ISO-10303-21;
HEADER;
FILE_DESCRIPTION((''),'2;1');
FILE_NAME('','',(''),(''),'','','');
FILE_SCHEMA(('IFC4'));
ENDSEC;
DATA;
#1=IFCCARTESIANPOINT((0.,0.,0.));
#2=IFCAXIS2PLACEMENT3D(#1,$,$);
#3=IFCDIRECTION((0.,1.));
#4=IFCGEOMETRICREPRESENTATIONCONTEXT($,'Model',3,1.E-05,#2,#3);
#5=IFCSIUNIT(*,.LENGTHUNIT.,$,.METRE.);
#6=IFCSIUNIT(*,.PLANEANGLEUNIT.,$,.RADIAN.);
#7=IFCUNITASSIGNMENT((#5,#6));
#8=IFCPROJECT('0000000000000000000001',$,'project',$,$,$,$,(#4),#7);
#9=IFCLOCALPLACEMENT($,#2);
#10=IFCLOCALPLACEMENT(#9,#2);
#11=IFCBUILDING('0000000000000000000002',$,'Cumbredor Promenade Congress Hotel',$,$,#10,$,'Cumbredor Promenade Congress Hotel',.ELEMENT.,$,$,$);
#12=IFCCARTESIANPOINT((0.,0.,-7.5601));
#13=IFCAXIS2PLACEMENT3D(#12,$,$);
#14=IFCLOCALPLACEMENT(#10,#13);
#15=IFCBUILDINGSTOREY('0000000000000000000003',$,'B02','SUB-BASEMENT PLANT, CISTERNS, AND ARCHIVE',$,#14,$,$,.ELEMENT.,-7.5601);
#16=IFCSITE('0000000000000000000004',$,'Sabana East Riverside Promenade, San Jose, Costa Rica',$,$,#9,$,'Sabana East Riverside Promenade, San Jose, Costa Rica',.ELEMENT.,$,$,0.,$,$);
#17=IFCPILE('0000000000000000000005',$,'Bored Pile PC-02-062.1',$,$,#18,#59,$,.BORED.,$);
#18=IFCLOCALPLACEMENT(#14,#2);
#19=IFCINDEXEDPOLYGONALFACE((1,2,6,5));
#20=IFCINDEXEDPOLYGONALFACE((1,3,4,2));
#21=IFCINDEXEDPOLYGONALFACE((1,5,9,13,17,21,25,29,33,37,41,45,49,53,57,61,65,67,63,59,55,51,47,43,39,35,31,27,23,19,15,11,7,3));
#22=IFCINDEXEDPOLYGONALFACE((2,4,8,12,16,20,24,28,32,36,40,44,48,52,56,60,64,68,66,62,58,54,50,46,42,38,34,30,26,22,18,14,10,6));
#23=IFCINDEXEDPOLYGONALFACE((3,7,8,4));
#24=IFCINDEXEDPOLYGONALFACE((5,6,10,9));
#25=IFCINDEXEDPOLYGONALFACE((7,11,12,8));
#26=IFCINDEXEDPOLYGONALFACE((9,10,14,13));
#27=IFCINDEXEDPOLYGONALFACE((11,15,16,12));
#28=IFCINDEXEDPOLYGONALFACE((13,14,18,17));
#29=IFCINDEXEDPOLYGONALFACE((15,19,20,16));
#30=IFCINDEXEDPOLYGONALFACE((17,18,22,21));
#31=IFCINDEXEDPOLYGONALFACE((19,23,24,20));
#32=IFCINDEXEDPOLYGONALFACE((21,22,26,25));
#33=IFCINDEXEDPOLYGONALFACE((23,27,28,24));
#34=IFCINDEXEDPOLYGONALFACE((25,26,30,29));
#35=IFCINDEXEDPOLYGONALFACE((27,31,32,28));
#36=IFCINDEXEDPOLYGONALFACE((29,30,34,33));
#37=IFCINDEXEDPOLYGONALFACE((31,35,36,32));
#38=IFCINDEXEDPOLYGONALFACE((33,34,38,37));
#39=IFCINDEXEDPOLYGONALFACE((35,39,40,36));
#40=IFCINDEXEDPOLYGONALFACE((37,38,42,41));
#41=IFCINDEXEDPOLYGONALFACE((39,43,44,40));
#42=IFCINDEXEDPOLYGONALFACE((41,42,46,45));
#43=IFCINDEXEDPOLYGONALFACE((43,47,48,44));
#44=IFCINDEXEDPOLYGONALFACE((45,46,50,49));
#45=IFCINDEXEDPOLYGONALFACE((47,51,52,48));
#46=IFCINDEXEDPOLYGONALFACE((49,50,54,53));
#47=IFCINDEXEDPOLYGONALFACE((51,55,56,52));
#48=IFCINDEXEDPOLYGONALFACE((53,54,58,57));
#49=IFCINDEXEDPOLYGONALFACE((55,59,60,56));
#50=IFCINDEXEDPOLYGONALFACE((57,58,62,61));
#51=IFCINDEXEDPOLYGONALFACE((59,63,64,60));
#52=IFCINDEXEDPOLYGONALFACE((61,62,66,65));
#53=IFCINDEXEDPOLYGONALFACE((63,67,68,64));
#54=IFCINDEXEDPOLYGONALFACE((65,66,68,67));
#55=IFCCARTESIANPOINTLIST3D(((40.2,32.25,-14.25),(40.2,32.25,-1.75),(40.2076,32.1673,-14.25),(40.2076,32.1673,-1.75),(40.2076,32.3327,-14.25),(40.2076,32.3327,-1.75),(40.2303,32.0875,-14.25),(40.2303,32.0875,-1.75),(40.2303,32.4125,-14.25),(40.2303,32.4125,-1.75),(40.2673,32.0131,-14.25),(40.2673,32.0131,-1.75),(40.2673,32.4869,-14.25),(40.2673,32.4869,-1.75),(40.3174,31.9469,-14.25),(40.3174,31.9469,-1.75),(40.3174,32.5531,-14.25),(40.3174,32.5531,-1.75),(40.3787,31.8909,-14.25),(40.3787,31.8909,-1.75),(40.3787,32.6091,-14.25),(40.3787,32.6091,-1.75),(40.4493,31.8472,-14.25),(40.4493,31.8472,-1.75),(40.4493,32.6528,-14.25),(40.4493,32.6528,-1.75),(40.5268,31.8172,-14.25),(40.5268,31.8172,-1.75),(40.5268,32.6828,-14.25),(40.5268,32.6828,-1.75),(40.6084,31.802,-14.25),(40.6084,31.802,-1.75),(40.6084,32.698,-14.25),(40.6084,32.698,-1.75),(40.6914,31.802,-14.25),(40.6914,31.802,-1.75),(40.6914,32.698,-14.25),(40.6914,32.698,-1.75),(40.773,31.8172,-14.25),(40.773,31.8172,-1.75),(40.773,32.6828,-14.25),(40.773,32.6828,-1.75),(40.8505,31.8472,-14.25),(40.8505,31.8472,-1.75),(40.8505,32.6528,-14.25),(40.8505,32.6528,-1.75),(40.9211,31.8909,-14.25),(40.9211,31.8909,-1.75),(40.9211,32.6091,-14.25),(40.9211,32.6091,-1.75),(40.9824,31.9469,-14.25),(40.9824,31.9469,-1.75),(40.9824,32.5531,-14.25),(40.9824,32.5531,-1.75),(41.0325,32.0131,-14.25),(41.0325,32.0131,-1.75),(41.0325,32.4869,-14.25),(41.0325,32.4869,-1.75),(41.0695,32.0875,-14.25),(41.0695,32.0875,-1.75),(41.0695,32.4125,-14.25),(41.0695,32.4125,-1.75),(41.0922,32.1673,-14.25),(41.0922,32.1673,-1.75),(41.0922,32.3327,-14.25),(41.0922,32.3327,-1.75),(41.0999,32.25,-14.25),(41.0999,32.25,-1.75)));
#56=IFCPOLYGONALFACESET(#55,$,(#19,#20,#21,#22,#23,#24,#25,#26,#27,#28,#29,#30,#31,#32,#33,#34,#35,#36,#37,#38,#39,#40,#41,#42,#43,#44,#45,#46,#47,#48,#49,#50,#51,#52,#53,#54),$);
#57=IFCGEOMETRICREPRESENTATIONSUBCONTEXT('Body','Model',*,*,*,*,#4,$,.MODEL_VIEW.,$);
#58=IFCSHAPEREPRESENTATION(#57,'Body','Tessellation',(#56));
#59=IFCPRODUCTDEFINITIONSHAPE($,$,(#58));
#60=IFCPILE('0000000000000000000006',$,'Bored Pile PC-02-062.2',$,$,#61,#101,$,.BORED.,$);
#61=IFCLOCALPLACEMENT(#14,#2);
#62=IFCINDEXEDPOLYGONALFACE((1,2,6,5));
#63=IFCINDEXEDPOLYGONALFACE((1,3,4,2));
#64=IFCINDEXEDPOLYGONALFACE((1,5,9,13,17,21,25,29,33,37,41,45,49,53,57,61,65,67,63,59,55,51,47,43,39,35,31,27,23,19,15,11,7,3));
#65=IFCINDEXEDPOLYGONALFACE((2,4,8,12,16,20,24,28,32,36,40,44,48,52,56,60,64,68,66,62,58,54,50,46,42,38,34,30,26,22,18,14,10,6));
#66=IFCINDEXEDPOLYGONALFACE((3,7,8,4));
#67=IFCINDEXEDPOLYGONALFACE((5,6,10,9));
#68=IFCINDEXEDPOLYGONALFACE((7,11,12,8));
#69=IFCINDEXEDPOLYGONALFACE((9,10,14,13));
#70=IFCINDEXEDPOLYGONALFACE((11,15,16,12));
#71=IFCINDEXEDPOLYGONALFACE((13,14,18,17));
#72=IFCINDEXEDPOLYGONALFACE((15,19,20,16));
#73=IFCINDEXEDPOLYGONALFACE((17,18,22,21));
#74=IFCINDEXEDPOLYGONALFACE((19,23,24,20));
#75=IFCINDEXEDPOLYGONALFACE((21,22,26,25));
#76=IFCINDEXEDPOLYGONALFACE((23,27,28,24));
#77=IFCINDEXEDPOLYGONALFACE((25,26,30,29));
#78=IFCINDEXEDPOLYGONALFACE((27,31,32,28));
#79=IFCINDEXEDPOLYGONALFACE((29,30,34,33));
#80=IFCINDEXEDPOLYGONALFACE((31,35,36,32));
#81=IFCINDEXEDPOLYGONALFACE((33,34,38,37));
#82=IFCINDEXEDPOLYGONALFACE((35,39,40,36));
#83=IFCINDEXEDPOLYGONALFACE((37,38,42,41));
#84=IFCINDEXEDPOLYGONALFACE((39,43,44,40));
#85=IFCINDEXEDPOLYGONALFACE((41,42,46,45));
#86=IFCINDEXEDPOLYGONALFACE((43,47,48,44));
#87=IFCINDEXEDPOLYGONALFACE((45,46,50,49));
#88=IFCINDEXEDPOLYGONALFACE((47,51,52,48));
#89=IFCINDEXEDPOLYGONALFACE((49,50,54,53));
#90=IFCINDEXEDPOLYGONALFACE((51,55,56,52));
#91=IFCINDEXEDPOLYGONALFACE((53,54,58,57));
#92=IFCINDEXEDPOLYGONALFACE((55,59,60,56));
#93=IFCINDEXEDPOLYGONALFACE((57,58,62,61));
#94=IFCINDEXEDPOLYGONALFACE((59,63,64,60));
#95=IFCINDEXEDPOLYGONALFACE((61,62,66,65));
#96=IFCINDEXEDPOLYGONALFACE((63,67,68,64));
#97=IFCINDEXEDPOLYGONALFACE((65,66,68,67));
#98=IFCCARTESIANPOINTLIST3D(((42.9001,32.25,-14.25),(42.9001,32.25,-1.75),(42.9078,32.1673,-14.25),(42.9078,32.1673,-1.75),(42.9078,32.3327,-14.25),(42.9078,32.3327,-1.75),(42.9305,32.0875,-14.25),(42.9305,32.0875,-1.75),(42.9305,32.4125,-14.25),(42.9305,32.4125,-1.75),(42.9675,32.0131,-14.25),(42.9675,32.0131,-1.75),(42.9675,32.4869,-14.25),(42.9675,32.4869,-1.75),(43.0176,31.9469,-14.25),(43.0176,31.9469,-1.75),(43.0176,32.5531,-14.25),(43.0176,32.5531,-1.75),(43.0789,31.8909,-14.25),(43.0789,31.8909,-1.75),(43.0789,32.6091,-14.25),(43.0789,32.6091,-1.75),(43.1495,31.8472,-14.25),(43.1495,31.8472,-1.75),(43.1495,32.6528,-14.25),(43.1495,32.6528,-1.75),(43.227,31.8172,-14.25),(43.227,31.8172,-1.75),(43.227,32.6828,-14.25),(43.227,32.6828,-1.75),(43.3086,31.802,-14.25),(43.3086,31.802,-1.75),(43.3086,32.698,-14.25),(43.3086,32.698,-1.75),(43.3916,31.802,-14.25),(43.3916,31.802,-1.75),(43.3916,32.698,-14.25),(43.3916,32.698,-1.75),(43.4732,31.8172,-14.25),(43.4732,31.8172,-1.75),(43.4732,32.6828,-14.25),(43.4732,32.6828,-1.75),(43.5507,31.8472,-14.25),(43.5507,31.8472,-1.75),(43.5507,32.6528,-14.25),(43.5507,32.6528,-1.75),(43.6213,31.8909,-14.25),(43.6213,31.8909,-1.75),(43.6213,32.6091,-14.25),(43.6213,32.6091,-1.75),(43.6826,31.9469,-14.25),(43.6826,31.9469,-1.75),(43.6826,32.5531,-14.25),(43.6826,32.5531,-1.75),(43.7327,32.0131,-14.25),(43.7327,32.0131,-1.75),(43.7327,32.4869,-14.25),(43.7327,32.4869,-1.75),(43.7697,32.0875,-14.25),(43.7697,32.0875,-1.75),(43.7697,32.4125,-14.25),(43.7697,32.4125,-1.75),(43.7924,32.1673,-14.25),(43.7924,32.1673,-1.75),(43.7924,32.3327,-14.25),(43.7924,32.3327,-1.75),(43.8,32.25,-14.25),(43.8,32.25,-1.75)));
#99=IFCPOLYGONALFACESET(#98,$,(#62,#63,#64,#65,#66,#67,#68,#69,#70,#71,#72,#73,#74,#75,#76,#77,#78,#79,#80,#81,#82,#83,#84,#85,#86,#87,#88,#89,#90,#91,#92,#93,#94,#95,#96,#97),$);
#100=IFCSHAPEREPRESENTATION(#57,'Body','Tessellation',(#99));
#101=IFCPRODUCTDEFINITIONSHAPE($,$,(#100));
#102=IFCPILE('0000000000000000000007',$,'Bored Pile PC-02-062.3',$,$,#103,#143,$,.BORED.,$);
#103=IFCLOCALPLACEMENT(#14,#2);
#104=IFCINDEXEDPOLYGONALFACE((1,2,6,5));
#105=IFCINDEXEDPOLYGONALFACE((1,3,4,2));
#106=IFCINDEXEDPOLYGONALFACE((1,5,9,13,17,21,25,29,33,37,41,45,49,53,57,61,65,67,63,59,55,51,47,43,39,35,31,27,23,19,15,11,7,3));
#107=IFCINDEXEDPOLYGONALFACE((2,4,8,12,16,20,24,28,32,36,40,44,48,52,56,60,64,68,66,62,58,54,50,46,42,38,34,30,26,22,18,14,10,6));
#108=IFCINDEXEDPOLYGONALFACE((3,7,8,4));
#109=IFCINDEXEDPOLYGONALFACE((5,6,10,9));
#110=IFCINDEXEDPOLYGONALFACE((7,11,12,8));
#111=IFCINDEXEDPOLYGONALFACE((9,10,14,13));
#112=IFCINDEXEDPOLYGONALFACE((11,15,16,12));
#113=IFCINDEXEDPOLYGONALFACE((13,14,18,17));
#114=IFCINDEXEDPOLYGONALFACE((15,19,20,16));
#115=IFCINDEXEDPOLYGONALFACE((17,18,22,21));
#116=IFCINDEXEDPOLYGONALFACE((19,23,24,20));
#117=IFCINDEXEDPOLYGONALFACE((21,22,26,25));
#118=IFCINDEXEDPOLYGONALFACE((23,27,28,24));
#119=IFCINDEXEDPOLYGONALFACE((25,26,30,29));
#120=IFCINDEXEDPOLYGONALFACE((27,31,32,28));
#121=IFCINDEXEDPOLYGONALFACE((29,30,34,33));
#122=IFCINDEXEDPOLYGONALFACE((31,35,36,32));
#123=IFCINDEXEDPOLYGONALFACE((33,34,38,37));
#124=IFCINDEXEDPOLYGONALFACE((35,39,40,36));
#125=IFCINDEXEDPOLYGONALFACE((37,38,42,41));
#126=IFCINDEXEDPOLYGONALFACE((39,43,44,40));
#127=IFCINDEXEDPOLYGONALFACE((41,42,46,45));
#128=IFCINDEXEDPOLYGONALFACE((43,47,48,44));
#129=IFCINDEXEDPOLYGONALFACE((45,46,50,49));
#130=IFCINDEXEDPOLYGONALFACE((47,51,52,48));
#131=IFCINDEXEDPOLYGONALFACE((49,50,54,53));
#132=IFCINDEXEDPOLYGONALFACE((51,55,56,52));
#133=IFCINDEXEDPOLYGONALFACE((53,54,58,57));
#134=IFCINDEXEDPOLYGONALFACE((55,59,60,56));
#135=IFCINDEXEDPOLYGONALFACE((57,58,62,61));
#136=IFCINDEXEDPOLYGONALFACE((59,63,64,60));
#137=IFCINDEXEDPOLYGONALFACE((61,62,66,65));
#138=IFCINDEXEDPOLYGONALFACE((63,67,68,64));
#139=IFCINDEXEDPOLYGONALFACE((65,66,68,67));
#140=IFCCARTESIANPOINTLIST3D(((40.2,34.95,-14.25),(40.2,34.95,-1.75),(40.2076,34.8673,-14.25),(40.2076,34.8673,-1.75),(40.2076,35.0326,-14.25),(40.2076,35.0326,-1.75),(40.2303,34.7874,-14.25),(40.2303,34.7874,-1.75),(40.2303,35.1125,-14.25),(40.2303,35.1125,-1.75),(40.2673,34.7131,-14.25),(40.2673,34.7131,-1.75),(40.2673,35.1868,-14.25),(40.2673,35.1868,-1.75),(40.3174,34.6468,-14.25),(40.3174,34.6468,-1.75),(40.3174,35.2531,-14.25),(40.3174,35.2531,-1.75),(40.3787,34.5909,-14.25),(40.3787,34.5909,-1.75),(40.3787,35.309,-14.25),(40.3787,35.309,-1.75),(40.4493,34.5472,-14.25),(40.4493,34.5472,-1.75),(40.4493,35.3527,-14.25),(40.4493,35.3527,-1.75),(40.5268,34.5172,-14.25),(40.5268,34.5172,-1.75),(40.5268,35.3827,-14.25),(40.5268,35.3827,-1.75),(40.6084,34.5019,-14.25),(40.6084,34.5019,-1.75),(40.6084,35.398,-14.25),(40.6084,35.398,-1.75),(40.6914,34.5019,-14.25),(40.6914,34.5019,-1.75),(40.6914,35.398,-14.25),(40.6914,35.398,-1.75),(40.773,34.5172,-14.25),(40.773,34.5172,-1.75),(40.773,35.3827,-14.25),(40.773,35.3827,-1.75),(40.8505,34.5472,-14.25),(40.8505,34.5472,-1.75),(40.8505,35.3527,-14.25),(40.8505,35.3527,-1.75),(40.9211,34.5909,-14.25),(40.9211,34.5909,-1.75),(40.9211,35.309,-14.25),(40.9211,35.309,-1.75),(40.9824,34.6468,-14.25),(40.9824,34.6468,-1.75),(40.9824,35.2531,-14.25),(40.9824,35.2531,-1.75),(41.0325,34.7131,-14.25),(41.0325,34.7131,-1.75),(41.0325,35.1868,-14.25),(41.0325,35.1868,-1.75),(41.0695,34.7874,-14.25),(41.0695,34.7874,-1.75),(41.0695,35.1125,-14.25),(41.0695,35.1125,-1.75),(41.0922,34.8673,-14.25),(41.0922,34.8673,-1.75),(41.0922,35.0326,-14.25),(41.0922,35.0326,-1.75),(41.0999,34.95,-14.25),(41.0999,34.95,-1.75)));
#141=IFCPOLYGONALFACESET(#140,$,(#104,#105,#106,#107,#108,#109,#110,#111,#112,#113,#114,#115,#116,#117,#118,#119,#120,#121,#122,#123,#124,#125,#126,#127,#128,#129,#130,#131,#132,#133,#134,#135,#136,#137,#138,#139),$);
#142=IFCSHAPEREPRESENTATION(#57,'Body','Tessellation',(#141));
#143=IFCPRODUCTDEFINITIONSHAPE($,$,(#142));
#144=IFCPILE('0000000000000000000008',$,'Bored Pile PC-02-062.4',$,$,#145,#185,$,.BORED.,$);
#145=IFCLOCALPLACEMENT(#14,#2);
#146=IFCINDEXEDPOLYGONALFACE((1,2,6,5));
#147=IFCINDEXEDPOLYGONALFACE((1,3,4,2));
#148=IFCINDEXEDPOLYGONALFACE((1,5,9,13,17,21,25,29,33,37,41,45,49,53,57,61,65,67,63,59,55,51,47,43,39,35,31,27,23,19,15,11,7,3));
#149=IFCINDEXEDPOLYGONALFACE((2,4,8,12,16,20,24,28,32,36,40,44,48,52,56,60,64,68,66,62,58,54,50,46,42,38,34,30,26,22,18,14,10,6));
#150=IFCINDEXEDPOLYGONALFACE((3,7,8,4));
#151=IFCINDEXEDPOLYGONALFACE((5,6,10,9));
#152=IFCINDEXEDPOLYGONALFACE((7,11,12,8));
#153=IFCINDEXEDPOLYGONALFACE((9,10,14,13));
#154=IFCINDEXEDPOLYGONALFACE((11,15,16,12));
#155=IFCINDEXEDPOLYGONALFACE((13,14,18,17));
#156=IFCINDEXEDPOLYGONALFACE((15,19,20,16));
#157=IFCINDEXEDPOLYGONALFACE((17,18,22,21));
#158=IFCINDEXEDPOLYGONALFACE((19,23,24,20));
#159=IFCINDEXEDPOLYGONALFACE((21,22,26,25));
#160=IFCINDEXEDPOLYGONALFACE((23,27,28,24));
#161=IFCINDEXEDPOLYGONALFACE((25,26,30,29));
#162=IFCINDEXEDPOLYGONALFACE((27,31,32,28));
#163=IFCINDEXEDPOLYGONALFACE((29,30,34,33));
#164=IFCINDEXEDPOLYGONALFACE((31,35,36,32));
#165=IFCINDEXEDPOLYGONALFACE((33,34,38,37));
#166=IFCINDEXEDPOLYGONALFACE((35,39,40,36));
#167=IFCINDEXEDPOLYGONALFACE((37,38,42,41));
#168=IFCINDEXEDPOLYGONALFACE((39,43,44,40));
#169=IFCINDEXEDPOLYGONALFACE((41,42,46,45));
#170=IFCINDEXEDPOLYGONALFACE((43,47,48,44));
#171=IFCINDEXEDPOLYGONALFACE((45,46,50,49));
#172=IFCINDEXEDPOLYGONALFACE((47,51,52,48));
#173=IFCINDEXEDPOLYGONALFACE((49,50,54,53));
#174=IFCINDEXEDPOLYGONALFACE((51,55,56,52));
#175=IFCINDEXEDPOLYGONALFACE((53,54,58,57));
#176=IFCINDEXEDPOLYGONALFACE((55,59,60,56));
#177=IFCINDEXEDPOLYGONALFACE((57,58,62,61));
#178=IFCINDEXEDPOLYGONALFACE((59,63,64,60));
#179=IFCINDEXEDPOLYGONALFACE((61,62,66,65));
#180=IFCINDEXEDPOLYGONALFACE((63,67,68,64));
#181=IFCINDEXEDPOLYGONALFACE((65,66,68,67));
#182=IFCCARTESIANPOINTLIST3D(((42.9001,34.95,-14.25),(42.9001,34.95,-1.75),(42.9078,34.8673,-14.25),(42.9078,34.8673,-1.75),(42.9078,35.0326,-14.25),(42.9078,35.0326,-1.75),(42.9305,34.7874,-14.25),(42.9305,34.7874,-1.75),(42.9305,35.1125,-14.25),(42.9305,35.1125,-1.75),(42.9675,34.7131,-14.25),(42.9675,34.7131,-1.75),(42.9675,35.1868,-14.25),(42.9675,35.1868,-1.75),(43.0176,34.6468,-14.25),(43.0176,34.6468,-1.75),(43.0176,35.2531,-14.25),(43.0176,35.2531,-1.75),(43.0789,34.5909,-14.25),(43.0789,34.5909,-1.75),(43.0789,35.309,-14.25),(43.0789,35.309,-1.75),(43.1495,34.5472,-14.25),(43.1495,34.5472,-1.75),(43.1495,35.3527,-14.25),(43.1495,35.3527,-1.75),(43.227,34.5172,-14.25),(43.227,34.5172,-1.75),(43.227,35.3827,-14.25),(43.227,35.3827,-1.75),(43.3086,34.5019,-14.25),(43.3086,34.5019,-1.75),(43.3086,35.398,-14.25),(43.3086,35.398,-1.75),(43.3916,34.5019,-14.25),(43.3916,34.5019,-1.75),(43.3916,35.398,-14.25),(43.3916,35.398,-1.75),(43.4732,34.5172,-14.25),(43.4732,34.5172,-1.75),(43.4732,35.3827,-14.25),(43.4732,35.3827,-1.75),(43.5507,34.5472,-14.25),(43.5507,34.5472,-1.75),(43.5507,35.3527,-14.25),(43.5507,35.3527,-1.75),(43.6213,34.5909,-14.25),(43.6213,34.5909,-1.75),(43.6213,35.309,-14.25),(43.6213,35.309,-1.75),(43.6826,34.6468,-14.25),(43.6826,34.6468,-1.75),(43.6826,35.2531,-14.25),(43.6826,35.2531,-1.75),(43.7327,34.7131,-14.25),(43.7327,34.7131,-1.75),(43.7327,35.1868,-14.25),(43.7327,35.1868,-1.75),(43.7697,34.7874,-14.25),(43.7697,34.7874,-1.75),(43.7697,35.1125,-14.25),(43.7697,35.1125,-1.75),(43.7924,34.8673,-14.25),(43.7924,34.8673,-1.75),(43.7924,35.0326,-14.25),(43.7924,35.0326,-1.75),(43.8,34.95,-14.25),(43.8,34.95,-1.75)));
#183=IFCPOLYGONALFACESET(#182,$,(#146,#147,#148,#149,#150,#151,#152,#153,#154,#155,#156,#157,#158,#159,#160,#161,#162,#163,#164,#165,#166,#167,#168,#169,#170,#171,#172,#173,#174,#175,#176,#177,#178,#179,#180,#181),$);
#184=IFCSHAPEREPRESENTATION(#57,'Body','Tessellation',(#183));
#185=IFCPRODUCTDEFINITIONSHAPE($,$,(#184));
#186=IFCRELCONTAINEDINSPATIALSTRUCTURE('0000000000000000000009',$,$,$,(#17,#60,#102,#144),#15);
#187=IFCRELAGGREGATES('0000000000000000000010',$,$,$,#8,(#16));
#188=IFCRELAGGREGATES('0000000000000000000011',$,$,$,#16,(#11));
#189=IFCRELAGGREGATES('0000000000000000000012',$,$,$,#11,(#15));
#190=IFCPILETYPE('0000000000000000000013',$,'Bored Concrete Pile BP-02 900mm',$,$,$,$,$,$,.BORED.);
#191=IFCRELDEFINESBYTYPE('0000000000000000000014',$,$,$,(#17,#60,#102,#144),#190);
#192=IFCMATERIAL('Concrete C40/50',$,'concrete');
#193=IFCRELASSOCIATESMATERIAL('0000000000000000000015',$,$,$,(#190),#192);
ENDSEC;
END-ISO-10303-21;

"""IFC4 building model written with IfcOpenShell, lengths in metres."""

from ifc_helpers import new_model, si_unit, direction, frame, origin, origin_2d, place, context, subcontext, project, spatial, circle, extrude, material, material_profile, profile_set, type_object, element, save


model = new_model("IFC4")

# Units and contexts
model_context = context("Model", 3, precision=1e-05, world=origin(), true_north=direction((0.0, 1.0)))
body_context = subcontext(model_context, "Body", "Model", "MODEL_VIEW")
ifc_project = project(units=[si_unit("LENGTHUNIT", "METRE"), si_unit("PLANEANGLEUNIT", "RADIAN")], contexts=[model_context])

# Site, building, storey
site_placement = place(None, origin())
site = spatial("IfcSite", under=ifc_project, at=site_placement, Name="Sabana East Riverside Promenade, San Jose, Costa Rica", LongName="Sabana East Riverside Promenade, San Jose, Costa Rica", CompositionType="ELEMENT", RefElevation=0.0)
building_placement = place(site_placement, origin())
building = spatial("IfcBuilding", under=site, at=building_placement, Name="Cumbredor Promenade Congress Hotel", LongName="Cumbredor Promenade Congress Hotel", CompositionType="ELEMENT")
storey_placement = place(building_placement, frame((0.0, 0.0, -7.5601)))
storey = spatial("IfcBuildingStorey", under=building, at=storey_placement, Name="B02", Description="SUB-BASEMENT PLANT, CISTERNS, AND ARCHIVE", CompositionType="ELEMENT", Elevation=-7.5601)

# Piles
ifc_material_1 = material(Name="Concrete C40/50", Category="concrete")
ifc_material_profile_1 = material_profile(ifc_material_1, circle(Radius=0.45, at=origin_2d()), Name="PILE D900")
ifc_profile_set_1 = profile_set([ifc_material_profile_1], Name="Concrete C40/50")
pile_type_1 = type_object("IfcPileType", Name="Bored Concrete Pile BP-02 900mm", PredefinedType="BORED", material=ifc_profile_set_1)
for number, where, z_axis, x_axis, name in (
    (1, (40.6499, 32.25, -1.75), (0.0, 0.0, -1.0), (1.0, 0.0, 0.0), "Bored Pile PC-02-062.1"),
    (2, (43.3501, 32.25, -1.75), (0.0, 0.0, -1.0), (1.0, 0.0, 0.0), "Bored Pile PC-02-062.2"),
    (3, (40.6499, 34.95, -1.75), (0.0, 0.0, -1.0), (1.0, 0.0, 0.0), "Bored Pile PC-02-062.3"),
    (4, (43.3501, 34.95, -1.75), (0.0, 0.0, -1.0), (1.0, 0.0, 0.0), "Bored Pile PC-02-062.4"),
):
    element("IfcPile", number, at=place(storey_placement, frame(where, z_axis=z_axis, x_axis=x_axis)), inside=storey, type_object=pile_type_1, Name=name, PredefinedType="BORED", context=body_context, shape_type="SweptSolid", body=[
        extrude(circle(Radius=0.45, at=origin_2d()), origin(), (0.0, 0.0, 1.0), 12.5),
    ])

save(model, "model.ifc")
